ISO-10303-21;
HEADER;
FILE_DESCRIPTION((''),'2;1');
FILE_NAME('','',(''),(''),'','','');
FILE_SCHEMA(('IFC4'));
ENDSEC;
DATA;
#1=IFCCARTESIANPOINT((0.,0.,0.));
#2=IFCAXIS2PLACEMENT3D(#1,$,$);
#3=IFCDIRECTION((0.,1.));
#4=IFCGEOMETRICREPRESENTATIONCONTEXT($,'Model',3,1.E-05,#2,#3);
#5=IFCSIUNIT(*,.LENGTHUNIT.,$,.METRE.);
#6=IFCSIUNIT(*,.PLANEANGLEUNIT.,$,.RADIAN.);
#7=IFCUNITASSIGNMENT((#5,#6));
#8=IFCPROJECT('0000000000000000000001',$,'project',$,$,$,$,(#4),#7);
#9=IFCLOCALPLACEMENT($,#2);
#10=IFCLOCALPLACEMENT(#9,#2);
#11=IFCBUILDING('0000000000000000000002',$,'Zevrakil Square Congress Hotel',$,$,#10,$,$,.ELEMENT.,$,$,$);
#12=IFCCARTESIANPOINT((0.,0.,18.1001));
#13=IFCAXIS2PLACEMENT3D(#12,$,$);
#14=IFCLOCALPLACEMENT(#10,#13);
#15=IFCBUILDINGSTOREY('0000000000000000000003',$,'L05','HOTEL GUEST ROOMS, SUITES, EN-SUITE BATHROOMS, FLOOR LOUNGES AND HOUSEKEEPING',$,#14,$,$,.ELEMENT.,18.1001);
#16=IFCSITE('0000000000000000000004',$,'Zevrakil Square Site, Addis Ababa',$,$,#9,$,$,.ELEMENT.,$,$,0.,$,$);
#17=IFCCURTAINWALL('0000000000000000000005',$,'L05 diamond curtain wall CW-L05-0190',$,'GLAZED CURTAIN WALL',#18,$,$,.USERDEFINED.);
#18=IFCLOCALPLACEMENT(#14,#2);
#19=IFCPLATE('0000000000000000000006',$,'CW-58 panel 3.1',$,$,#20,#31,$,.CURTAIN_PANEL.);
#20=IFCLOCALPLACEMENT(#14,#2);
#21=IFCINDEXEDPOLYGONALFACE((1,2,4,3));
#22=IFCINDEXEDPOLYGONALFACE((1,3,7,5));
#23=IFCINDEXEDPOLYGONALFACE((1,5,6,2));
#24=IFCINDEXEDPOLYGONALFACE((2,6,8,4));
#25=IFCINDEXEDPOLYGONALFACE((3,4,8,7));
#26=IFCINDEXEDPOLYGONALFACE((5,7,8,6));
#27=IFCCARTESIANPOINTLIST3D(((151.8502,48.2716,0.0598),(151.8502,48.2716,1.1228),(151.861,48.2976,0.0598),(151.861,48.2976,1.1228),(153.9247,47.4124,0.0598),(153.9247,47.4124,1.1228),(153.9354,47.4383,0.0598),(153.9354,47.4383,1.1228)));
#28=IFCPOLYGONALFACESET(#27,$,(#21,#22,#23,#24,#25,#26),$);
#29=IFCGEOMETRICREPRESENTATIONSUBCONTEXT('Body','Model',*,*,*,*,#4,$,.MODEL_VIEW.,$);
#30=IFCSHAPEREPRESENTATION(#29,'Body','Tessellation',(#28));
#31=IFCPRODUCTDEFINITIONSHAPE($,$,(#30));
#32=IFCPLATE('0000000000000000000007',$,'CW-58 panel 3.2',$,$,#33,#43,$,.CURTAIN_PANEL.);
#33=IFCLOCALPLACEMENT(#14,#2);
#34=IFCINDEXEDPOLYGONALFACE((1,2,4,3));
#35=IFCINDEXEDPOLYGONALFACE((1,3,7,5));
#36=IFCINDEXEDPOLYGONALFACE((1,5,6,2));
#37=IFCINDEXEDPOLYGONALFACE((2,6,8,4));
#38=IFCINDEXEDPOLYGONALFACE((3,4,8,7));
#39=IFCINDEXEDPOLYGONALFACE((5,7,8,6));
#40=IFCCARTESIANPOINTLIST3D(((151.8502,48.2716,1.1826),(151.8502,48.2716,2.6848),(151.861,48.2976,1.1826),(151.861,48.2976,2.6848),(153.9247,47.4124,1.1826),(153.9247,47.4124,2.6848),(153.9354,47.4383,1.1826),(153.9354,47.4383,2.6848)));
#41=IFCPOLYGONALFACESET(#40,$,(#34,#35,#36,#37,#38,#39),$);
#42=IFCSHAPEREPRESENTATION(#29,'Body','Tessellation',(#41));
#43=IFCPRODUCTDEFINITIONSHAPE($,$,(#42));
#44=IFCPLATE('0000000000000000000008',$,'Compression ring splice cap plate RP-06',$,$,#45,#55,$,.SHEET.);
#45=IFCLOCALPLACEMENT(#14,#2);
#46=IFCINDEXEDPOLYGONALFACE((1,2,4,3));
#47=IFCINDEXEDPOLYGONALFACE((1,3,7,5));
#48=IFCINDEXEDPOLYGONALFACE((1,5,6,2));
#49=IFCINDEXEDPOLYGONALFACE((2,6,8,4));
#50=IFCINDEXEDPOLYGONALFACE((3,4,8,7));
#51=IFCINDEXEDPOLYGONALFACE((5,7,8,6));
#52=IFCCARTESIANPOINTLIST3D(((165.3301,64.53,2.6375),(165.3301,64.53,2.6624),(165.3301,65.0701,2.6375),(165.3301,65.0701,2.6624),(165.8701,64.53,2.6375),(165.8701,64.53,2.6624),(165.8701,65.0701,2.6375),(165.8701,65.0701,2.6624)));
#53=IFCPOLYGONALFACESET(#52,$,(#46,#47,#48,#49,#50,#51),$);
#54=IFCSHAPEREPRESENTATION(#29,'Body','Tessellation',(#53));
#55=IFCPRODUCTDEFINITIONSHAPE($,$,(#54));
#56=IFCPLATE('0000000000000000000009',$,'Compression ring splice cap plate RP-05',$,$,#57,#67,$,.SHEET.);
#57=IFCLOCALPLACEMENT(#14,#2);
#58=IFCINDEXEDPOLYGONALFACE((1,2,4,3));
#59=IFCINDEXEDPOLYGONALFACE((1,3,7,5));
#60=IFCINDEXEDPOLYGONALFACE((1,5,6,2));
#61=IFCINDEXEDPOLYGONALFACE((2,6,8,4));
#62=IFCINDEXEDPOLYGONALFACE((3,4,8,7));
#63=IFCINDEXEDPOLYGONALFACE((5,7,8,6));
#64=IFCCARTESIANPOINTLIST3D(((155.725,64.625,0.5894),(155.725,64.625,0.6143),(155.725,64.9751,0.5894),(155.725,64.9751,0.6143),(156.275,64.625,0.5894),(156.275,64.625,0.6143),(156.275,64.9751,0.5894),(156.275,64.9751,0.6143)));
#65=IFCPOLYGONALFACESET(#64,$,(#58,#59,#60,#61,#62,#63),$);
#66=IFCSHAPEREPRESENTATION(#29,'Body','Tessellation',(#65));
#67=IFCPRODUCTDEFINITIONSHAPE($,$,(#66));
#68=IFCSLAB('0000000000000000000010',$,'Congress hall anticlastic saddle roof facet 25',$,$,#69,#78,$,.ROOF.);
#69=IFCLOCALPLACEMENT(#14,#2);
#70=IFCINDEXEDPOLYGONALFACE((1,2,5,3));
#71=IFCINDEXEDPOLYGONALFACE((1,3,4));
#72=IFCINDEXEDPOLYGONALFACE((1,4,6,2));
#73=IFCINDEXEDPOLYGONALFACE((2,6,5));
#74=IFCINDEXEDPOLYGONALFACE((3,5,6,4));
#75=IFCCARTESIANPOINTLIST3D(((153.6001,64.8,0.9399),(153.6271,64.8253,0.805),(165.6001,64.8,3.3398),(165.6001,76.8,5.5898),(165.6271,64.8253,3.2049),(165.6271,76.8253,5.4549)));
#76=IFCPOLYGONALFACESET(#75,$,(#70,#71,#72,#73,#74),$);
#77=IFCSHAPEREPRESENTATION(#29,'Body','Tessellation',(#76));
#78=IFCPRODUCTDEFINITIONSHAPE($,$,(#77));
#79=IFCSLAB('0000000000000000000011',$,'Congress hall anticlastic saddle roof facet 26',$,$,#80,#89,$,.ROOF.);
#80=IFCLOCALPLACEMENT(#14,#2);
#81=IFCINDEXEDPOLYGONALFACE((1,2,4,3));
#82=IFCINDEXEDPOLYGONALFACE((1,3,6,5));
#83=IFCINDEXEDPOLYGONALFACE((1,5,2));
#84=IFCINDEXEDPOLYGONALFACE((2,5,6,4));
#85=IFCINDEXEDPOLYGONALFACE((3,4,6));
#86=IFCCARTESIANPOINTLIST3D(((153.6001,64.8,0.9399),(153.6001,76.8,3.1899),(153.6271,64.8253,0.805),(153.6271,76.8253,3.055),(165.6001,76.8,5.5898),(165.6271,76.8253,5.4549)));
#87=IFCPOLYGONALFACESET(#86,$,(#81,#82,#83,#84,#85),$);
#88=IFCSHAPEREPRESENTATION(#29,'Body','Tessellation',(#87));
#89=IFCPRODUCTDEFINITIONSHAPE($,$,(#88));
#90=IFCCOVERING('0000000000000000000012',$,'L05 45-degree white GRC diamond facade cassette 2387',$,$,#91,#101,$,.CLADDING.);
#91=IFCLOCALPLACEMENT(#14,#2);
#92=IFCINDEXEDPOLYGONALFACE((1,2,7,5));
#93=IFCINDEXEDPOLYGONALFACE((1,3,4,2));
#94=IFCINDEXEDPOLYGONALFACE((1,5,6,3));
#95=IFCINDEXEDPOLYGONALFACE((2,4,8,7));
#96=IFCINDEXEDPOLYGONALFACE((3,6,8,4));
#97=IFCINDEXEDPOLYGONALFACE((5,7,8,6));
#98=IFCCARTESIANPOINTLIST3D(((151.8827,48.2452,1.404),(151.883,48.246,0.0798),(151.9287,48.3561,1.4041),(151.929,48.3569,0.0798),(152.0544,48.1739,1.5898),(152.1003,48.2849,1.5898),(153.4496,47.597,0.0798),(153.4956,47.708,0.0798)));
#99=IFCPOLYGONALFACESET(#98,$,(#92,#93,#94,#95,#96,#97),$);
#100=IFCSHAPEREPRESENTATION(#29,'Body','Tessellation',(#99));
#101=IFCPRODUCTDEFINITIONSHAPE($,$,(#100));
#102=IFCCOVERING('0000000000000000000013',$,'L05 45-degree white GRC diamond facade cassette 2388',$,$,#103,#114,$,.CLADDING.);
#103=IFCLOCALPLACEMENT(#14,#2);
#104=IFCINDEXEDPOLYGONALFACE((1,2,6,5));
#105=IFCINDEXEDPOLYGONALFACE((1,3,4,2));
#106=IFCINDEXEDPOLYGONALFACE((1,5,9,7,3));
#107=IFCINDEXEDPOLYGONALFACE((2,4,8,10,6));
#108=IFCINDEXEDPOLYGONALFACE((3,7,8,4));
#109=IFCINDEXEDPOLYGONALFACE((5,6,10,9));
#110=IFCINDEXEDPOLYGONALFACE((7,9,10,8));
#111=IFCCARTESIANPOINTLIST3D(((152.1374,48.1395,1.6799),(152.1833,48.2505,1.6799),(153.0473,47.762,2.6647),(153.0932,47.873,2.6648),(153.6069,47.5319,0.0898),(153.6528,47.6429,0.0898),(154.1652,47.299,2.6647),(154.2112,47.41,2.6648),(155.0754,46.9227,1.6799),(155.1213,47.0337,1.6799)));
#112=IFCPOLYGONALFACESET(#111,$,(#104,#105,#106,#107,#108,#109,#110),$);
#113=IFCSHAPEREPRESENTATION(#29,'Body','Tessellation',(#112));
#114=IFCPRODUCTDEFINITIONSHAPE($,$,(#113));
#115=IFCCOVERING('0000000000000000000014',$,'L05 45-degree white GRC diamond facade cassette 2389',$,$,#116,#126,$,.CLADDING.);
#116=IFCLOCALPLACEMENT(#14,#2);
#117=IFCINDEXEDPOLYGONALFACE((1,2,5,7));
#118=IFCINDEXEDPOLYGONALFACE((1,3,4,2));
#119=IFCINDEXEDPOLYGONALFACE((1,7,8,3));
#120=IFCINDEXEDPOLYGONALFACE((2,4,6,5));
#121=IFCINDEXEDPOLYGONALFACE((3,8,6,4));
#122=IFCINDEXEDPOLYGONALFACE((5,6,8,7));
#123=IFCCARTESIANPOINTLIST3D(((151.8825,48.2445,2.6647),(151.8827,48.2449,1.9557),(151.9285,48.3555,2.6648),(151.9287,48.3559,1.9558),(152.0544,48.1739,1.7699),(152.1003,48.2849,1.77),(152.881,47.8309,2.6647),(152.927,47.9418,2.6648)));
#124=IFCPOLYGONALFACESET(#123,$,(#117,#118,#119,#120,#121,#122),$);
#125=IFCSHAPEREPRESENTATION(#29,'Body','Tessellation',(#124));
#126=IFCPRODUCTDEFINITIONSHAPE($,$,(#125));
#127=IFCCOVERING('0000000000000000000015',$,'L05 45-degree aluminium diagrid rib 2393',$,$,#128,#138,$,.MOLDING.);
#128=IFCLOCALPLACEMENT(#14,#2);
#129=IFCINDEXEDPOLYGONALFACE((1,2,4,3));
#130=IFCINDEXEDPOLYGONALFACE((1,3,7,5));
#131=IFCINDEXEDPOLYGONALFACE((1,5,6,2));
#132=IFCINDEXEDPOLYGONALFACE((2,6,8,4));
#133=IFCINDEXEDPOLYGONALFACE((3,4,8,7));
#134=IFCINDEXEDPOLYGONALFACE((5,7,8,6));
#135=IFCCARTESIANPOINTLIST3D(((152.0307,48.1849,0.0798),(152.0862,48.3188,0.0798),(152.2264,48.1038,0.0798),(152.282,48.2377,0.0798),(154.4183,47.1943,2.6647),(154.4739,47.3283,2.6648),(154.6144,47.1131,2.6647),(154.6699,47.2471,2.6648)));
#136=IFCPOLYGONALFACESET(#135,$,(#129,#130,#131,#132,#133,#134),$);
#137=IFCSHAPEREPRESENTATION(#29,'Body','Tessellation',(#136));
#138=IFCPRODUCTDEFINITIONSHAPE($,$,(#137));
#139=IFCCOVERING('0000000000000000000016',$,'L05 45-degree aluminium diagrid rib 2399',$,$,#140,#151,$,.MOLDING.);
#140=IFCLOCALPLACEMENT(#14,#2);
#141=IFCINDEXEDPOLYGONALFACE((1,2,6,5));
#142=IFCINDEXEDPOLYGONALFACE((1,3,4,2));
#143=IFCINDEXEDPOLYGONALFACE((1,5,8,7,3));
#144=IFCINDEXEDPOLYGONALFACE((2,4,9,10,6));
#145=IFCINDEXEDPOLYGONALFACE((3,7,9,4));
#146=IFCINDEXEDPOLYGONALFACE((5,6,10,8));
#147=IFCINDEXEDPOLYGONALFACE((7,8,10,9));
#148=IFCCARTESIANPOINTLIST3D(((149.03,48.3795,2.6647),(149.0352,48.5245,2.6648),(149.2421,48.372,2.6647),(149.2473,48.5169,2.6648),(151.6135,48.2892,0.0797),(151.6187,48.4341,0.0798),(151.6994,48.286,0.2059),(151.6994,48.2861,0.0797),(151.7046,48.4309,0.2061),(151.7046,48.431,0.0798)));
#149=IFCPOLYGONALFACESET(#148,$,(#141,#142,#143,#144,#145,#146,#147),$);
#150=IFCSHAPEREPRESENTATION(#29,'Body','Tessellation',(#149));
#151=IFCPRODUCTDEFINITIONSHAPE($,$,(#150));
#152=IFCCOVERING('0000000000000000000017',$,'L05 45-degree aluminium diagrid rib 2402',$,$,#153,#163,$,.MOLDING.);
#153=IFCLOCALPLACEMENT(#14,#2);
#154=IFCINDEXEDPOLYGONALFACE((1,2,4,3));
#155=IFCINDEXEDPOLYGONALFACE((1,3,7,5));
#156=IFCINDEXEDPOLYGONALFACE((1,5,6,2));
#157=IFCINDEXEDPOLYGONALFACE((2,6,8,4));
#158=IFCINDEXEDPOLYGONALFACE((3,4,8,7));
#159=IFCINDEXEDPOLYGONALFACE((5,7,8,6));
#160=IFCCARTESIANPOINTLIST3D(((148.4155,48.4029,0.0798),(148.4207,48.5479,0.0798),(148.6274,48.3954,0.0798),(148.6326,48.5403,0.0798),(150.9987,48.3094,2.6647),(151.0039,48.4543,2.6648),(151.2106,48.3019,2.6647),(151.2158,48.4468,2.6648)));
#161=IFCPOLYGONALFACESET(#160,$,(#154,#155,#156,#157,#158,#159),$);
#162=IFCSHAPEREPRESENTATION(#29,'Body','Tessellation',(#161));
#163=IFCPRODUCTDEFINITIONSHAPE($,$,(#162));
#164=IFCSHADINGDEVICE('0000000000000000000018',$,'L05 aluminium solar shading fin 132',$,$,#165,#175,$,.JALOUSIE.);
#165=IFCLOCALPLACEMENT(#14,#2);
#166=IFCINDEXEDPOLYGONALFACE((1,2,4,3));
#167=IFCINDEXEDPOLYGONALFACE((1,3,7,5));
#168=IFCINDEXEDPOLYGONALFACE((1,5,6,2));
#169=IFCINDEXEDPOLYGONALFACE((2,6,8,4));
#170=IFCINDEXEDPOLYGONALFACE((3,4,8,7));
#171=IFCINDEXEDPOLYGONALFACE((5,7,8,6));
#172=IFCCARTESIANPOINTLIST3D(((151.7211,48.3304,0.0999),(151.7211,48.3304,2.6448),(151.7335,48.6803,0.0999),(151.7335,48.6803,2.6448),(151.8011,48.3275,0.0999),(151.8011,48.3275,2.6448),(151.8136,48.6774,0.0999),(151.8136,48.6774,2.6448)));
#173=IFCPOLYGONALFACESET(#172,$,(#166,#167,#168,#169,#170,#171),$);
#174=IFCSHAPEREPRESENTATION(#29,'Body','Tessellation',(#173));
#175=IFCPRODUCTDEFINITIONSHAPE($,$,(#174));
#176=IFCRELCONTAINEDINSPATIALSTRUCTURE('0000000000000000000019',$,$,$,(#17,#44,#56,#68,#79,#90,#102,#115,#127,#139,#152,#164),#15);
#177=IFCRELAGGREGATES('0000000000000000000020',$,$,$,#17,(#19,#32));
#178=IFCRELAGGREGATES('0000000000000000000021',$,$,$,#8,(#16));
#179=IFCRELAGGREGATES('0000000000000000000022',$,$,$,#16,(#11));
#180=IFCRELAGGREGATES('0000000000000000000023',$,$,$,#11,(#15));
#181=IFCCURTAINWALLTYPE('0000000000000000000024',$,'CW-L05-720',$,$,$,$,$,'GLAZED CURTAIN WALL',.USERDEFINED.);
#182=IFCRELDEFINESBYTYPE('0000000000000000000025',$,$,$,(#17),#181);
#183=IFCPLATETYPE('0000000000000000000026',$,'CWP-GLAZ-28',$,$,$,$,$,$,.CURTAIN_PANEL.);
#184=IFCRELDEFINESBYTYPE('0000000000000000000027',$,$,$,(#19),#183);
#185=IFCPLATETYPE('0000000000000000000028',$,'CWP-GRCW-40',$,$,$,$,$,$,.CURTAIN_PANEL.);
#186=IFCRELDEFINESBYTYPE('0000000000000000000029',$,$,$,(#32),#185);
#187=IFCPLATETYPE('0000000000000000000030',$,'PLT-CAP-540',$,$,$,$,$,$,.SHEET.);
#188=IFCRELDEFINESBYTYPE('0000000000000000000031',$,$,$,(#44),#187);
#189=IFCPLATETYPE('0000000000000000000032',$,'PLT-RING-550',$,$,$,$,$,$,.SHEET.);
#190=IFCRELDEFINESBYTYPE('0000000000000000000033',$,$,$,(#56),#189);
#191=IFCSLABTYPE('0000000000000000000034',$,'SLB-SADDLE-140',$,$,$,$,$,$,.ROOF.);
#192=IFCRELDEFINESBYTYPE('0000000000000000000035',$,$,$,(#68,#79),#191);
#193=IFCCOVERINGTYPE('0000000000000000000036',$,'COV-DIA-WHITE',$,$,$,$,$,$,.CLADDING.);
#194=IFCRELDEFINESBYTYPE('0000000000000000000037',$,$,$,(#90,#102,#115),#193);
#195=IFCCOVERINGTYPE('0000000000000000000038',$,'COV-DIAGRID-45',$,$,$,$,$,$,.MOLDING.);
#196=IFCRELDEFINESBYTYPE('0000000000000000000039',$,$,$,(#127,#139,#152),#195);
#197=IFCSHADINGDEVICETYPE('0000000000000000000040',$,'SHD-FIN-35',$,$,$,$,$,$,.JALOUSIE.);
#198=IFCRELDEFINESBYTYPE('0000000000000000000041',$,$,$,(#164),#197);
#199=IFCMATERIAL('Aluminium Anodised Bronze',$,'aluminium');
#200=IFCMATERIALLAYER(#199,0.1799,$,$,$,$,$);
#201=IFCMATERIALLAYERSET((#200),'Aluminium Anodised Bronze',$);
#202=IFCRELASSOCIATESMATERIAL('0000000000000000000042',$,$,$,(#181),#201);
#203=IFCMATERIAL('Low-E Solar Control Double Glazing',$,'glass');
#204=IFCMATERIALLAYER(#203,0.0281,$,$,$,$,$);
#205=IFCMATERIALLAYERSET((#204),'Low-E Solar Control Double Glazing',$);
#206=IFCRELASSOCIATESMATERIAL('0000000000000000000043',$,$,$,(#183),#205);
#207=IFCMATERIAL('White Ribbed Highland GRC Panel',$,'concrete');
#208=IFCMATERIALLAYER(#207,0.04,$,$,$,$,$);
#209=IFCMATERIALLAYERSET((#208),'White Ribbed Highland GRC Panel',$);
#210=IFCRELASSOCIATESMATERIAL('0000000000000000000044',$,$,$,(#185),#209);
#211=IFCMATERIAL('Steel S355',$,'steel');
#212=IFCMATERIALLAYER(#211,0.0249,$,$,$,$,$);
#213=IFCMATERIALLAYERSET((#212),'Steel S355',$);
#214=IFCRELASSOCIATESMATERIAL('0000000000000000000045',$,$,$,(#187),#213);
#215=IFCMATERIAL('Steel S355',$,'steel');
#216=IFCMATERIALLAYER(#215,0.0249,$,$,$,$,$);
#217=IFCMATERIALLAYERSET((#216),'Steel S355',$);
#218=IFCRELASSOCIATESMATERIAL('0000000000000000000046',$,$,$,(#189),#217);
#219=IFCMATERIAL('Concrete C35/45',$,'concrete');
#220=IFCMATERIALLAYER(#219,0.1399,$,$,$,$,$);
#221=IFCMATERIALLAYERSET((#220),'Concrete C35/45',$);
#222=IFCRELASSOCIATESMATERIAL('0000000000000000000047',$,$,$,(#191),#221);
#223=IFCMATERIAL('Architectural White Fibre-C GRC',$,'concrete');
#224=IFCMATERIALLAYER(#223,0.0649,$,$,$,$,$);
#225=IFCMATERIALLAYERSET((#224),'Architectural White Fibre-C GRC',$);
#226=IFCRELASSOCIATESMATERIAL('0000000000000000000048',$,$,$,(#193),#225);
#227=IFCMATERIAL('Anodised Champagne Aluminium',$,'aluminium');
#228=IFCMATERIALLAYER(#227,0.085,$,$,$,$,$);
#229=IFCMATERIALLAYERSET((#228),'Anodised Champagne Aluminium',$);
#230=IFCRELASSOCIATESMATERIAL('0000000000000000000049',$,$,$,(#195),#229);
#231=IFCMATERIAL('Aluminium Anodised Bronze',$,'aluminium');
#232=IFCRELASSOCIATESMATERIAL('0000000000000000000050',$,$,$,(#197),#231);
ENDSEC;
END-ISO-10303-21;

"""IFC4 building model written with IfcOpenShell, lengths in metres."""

from ifc_helpers import new_model, si_unit, direction, frame, origin, origin_2d, place, context, subcontext, project, spatial, polyline, rectangle, outline, extrude, material, layer, layer_set, type_object, element, aggregate, save


model = new_model("IFC4")

# Units and contexts
model_context = context("Model", 3, precision=1e-05, world=origin(), true_north=direction((0.0, 1.0)))
body_context = subcontext(model_context, "Body", "Model", "MODEL_VIEW")
ifc_project = project(units=[si_unit("LENGTHUNIT", "METRE"), si_unit("PLANEANGLEUNIT", "RADIAN")], contexts=[model_context])

# Site, building, storey
site_placement = place(None, origin())
site = spatial("IfcSite", under=ifc_project, at=site_placement, Name="Zevrakil Square Site, Addis Ababa", CompositionType="ELEMENT", RefElevation=0.0)
building_placement = place(site_placement, origin())
building = spatial("IfcBuilding", under=site, at=building_placement, Name="Zevrakil Square Congress Hotel", CompositionType="ELEMENT")
storey_placement = place(building_placement, frame((0.0, 0.0, 18.1001)))
storey = spatial("IfcBuildingStorey", under=building, at=storey_placement, Name="L05", Description="HOTEL GUEST ROOMS, SUITES, EN-SUITE BATHROOMS, FLOOR LOUNGES AND HOUSEKEEPING", CompositionType="ELEMENT", Elevation=18.1001)

# Curtain wall
ifc_material_1 = material(Name="Aluminium Anodised Bronze", Category="aluminium")
ifc_layer_1 = layer(ifc_material_1, 0.1799)
ifc_layer_set_1 = layer_set([ifc_layer_1], Name="Aluminium Anodised Bronze")
curtain_wall_type_1 = type_object("IfcCurtainWallType", Name="CW-L05-720", ElementType="GLAZED CURTAIN WALL", PredefinedType="USERDEFINED", material=ifc_layer_set_1)
curtain_wall_1_placement = place(storey_placement, origin())
curtain_wall_1 = element("IfcCurtainWall", 1, at=curtain_wall_1_placement, inside=storey, type_object=curtain_wall_type_1, Name="L05 diamond curtain wall CW-L05-0190", ObjectType="GLAZED CURTAIN WALL", PredefinedType="USERDEFINED")

# Plates
ifc_material_2 = material(Name="Low-E Solar Control Double Glazing", Category="glass")
ifc_layer_2 = layer(ifc_material_2, 0.0281)
ifc_layer_set_2 = layer_set([ifc_layer_2], Name="Low-E Solar Control Double Glazing")
plate_type_1 = type_object("IfcPlateType", Name="CWP-GLAZ-28", PredefinedType="CURTAIN_PANEL", material=ifc_layer_set_2)
plate_1_placement = place(storey_placement, frame((152.8928, 47.855, 0.0598), z_axis=(0.0, 0.0, 1.0), x_axis=(-0.923879, 0.382684, 0.0)))
plate_1 = element("IfcPlate", 2, at=plate_1_placement, type_object=plate_type_1, Name="CW-58 panel 3.1", PredefinedType="CURTAIN_PANEL", context=body_context, shape_type="SweptSolid", body=[
    extrude(rectangle(XDim=2.2454, YDim=0.0281, at=origin_2d()), origin(), (0.0, 0.0, 1.0), 1.063),
])
ifc_material_3 = material(Name="White Ribbed Highland GRC Panel", Category="concrete")
ifc_layer_3 = layer(ifc_material_3, 0.04)
ifc_layer_set_3 = layer_set([ifc_layer_3], Name="White Ribbed Highland GRC Panel")
plate_type_2 = type_object("IfcPlateType", Name="CWP-GRCW-40", PredefinedType="CURTAIN_PANEL", material=ifc_layer_set_3)
plate_2_placement = place(storey_placement, frame((152.8928, 47.855, 1.1826), z_axis=(0.0, 0.0, 1.0), x_axis=(-0.923879, 0.382684, 0.0)))
plate_2 = element("IfcPlate", 3, at=plate_2_placement, type_object=plate_type_2, Name="CW-58 panel 3.2", PredefinedType="CURTAIN_PANEL", context=body_context, shape_type="SweptSolid", body=[
    extrude(rectangle(XDim=2.2454, YDim=0.0281, at=origin_2d()), origin(), (0.0, 0.0, 1.0), 1.5022),
])
aggregate(curtain_wall_1, [plate_1, plate_2])

# Plates
ifc_material_4 = material(Name="Steel S355", Category="steel")
ifc_layer_4 = layer(ifc_material_4, 0.0249)
ifc_layer_set_4 = layer_set([ifc_layer_4], Name="Steel S355")
plate_type_3 = type_object("IfcPlateType", Name="PLT-CAP-540", PredefinedType="SHEET", material=ifc_layer_set_4)
plate_3_placement = place(storey_placement, frame((165.6001, 64.8, 2.6375), z_axis=(0.0, 0.0, 1.0), x_axis=(1.0, 0.0, 0.0)))
element("IfcPlate", 4, at=plate_3_placement, inside=storey, type_object=plate_type_3, Name="Compression ring splice cap plate RP-06", PredefinedType="SHEET", context=body_context, shape_type="SweptSolid", body=[
    extrude(rectangle(XDim=0.54, YDim=0.54, at=origin_2d()), origin(), (0.0, 0.0, 1.0), 0.0249),
])
ifc_material_5 = material(Name="Steel S355", Category="steel")
ifc_layer_5 = layer(ifc_material_5, 0.0249)
ifc_layer_set_5 = layer_set([ifc_layer_5], Name="Steel S355")
plate_type_4 = type_object("IfcPlateType", Name="PLT-RING-550", PredefinedType="SHEET", material=ifc_layer_set_5)
plate_4_placement = place(storey_placement, frame((156.0, 64.8, 0.5894), z_axis=(0.0, 0.0, 1.0), x_axis=(1.0, 0.0, 0.0)))
element("IfcPlate", 5, at=plate_4_placement, inside=storey, type_object=plate_type_4, Name="Compression ring splice cap plate RP-05", PredefinedType="SHEET", context=body_context, shape_type="SweptSolid", body=[
    extrude(rectangle(XDim=0.55, YDim=0.3501, at=origin_2d()), origin(), (0.0, 0.0, 1.0), 0.0249),
])

# Slabs
ifc_material_6 = material(Name="Concrete C35/45", Category="concrete")
ifc_layer_6 = layer(ifc_material_6, 0.1399)
ifc_layer_set_6 = layer_set([ifc_layer_6], Name="Concrete C35/45")
slab_type = type_object("IfcSlabType", Name="SLB-SADDLE-140", PredefinedType="ROOF", material=ifc_layer_set_6)
slab_1_placement = place(storey_placement, frame((153.6001, 64.8, 0.9399), z_axis=(-0.192876, -0.180828, 0.964417), x_axis=(0.980582, 0.0, 0.196108)))
element("IfcSlab", 6, at=slab_1_placement, inside=storey, type_object=slab_type, Name="Congress hall anticlastic saddle roof facet 25", PredefinedType="ROOF", context=body_context, shape_type="SweptSolid", body=[
    extrude(outline(polyline([(0.0, 0.0), (12.2376, 0.0), (12.6789, 12.2011), (0.0, 0.0)])), origin(), (0.0, 0.0, -1.0), 0.1399),
])
slab_2_placement = place(storey_placement, frame((153.6001, 64.8, 0.9399), z_axis=(-0.192876, -0.180828, 0.964417), x_axis=(0.681971, 0.681971, 0.264258)))
element("IfcSlab", 7, at=slab_2_placement, inside=storey, type_object=slab_type, Name="Congress hall anticlastic saddle roof facet 26", PredefinedType="ROOF", context=body_context, shape_type="SweptSolid", body=[
    extrude(outline(polyline([(0.0, 0.0), (17.5961, 0.0), (8.7782, 8.4856), (0.0, 0.0)])), origin(), (0.0, 0.0, -1.0), 0.1399),
])

# Coverings
ifc_material_7 = material(Name="Architectural White Fibre-C GRC", Category="concrete")
ifc_layer_7 = layer(ifc_material_7, 0.0649)
ifc_layer_set_7 = layer_set([ifc_layer_7], Name="Architectural White Fibre-C GRC")
covering_type_1 = type_object("IfcCoveringType", Name="COV-DIA-WHITE", PredefinedType="CLADDING", material=ifc_layer_set_7)
covering_1_placement = place(storey_placement, frame((152.1003, 48.2849, 1.5898), z_axis=(0.382715, 0.923866, 0.000626), x_axis=(-0.653202, 0.27107, -0.707)))
element("IfcCovering", 8, at=covering_1_placement, inside=storey, type_object=covering_type_1, Name="L05 45-degree white GRC diamond facade cassette 2387", PredefinedType="CLADDING", context=body_context, shape_type="SweptSolid", body=[
    extrude(outline(polyline([(0.0, 0.0), (0.2628, 0.0), (1.199, -0.9365), (-0.0002, -2.1353), (0.0, 0.0)])), origin(), (0.0, 0.0, -1.0), 0.1201),
])
covering_2_placement = place(storey_placement, frame((152.1833, 48.2505, 1.6799), z_axis=(0.382653, 0.923892, 0.000579), x_axis=(0.653463, -0.270206, -0.707089)))
element("IfcCovering", 9, at=covering_2_placement, inside=storey, type_object=covering_type_1, Name="L05 45-degree white GRC diamond facade cassette 2388", PredefinedType="CLADDING", context=body_context, shape_type="SweptSolid", body=[
    extrude(outline(polyline([(0.0, 0.0), (2.2488, 0.0), (2.2487, -2.2485), (0.8559, -2.2486), (0.0002, -1.393), (0.0, 0.0)])), origin(), (0.0, 0.0, -1.0), 0.1201),
])
covering_3_placement = place(storey_placement, frame((152.1003, 48.2849, 1.77), z_axis=(0.38272, 0.923864, 0.000665), x_axis=(0.653173, -0.271093, 0.707017)))
element("IfcCovering", 10, at=covering_3_placement, inside=storey, type_object=covering_type_1, Name="L05 45-degree white GRC diamond facade cassette 2389", PredefinedType="CLADDING", context=body_context, shape_type="SweptSolid", body=[
    extrude(outline(polyline([(0.0, 0.0), (1.2656, 0.0), (0.5012, -0.7641), (0.0, -0.2627), (0.0, 0.0)])), origin(), (0.0, 0.0, -1.0), 0.1201),
])
ifc_material_8 = material(Name="Anodised Champagne Aluminium", Category="aluminium")
ifc_layer_8 = layer(ifc_material_8, 0.085)
ifc_layer_set_8 = layer_set([ifc_layer_8], Name="Anodised Champagne Aluminium")
covering_type_2 = type_object("IfcCoveringType", Name="COV-DIAGRID-45", PredefinedType="MOLDING", material=ifc_layer_set_8)
covering_4_placement = place(storey_placement, frame((154.6699, 47.2471, 2.6648), z_axis=(0.382775, 0.923841, 0.000449), x_axis=(-0.923841, 0.382775, 0.0)))
element("IfcCovering", 11, at=covering_4_placement, inside=storey, type_object=covering_type_2, Name="L05 45-degree aluminium diagrid rib 2393", PredefinedType="MOLDING", context=body_context, shape_type="SweptSolid", body=[
    extrude(outline(polyline([(0.0, 0.0), (0.2122, 0.0), (2.7972, -2.585), (2.5853, -2.585), (0.0, 0.0)])), origin(), (0.0, 0.0, -1.0), 0.145),
])
covering_5_placement = place(storey_placement, frame((151.6187, 48.4341, 0.0798), z_axis=(0.035708, 0.999362, 0.000741), x_axis=(0.999362, -0.035708, 0.000001)))
element("IfcCovering", 12, at=covering_5_placement, inside=storey, type_object=covering_type_2, Name="L05 45-degree aluminium diagrid rib 2399", PredefinedType="MOLDING", context=body_context, shape_type="SweptSolid", body=[
    extrude(outline(polyline([(0.0, 0.0), (0.086, 0.0), (0.086, -0.1262), (-2.3728, -2.585), (-2.5851, -2.585), (0.0, 0.0)])), origin(), (0.0, 0.0, -1.0), 0.145),
])
covering_6_placement = place(storey_placement, frame((151.2158, 48.4468, 2.6648), z_axis=(0.035692, 0.999363, 0.000482), x_axis=(-0.999363, 0.035692, 0.0)))
element("IfcCovering", 13, at=covering_6_placement, inside=storey, type_object=covering_type_2, Name="L05 45-degree aluminium diagrid rib 2402", PredefinedType="MOLDING", context=body_context, shape_type="SweptSolid", body=[
    extrude(outline(polyline([(0.0, 0.0), (0.212, 0.0), (2.797, -2.585), (2.5849, -2.585), (0.0, 0.0)])), origin(), (0.0, 0.0, -1.0), 0.145),
])

# Shading device
ifc_material_9 = material(Name="Aluminium Anodised Bronze", Category="aluminium")
shading_device_type = type_object("IfcShadingDeviceType", Name="SHD-FIN-35", PredefinedType="JALOUSIE", material=ifc_material_9)
shading_device_placement = place(storey_placement, frame((151.7673, 48.5039, 0.0999), z_axis=(0.0, 0.0, 1.0), x_axis=(0.035545, 0.999368, 0.0)))
element("IfcShadingDevice", 14, at=shading_device_placement, inside=storey, type_object=shading_device_type, Name="L05 aluminium solar shading fin 132", PredefinedType="JALOUSIE", context=body_context, shape_type="SweptSolid", body=[
    extrude(rectangle(XDim=0.3501, YDim=0.0801, at=origin_2d()), origin(), (0.0, 0.0, 1.0), 2.5449),
])

save(model, "model.ifc")
